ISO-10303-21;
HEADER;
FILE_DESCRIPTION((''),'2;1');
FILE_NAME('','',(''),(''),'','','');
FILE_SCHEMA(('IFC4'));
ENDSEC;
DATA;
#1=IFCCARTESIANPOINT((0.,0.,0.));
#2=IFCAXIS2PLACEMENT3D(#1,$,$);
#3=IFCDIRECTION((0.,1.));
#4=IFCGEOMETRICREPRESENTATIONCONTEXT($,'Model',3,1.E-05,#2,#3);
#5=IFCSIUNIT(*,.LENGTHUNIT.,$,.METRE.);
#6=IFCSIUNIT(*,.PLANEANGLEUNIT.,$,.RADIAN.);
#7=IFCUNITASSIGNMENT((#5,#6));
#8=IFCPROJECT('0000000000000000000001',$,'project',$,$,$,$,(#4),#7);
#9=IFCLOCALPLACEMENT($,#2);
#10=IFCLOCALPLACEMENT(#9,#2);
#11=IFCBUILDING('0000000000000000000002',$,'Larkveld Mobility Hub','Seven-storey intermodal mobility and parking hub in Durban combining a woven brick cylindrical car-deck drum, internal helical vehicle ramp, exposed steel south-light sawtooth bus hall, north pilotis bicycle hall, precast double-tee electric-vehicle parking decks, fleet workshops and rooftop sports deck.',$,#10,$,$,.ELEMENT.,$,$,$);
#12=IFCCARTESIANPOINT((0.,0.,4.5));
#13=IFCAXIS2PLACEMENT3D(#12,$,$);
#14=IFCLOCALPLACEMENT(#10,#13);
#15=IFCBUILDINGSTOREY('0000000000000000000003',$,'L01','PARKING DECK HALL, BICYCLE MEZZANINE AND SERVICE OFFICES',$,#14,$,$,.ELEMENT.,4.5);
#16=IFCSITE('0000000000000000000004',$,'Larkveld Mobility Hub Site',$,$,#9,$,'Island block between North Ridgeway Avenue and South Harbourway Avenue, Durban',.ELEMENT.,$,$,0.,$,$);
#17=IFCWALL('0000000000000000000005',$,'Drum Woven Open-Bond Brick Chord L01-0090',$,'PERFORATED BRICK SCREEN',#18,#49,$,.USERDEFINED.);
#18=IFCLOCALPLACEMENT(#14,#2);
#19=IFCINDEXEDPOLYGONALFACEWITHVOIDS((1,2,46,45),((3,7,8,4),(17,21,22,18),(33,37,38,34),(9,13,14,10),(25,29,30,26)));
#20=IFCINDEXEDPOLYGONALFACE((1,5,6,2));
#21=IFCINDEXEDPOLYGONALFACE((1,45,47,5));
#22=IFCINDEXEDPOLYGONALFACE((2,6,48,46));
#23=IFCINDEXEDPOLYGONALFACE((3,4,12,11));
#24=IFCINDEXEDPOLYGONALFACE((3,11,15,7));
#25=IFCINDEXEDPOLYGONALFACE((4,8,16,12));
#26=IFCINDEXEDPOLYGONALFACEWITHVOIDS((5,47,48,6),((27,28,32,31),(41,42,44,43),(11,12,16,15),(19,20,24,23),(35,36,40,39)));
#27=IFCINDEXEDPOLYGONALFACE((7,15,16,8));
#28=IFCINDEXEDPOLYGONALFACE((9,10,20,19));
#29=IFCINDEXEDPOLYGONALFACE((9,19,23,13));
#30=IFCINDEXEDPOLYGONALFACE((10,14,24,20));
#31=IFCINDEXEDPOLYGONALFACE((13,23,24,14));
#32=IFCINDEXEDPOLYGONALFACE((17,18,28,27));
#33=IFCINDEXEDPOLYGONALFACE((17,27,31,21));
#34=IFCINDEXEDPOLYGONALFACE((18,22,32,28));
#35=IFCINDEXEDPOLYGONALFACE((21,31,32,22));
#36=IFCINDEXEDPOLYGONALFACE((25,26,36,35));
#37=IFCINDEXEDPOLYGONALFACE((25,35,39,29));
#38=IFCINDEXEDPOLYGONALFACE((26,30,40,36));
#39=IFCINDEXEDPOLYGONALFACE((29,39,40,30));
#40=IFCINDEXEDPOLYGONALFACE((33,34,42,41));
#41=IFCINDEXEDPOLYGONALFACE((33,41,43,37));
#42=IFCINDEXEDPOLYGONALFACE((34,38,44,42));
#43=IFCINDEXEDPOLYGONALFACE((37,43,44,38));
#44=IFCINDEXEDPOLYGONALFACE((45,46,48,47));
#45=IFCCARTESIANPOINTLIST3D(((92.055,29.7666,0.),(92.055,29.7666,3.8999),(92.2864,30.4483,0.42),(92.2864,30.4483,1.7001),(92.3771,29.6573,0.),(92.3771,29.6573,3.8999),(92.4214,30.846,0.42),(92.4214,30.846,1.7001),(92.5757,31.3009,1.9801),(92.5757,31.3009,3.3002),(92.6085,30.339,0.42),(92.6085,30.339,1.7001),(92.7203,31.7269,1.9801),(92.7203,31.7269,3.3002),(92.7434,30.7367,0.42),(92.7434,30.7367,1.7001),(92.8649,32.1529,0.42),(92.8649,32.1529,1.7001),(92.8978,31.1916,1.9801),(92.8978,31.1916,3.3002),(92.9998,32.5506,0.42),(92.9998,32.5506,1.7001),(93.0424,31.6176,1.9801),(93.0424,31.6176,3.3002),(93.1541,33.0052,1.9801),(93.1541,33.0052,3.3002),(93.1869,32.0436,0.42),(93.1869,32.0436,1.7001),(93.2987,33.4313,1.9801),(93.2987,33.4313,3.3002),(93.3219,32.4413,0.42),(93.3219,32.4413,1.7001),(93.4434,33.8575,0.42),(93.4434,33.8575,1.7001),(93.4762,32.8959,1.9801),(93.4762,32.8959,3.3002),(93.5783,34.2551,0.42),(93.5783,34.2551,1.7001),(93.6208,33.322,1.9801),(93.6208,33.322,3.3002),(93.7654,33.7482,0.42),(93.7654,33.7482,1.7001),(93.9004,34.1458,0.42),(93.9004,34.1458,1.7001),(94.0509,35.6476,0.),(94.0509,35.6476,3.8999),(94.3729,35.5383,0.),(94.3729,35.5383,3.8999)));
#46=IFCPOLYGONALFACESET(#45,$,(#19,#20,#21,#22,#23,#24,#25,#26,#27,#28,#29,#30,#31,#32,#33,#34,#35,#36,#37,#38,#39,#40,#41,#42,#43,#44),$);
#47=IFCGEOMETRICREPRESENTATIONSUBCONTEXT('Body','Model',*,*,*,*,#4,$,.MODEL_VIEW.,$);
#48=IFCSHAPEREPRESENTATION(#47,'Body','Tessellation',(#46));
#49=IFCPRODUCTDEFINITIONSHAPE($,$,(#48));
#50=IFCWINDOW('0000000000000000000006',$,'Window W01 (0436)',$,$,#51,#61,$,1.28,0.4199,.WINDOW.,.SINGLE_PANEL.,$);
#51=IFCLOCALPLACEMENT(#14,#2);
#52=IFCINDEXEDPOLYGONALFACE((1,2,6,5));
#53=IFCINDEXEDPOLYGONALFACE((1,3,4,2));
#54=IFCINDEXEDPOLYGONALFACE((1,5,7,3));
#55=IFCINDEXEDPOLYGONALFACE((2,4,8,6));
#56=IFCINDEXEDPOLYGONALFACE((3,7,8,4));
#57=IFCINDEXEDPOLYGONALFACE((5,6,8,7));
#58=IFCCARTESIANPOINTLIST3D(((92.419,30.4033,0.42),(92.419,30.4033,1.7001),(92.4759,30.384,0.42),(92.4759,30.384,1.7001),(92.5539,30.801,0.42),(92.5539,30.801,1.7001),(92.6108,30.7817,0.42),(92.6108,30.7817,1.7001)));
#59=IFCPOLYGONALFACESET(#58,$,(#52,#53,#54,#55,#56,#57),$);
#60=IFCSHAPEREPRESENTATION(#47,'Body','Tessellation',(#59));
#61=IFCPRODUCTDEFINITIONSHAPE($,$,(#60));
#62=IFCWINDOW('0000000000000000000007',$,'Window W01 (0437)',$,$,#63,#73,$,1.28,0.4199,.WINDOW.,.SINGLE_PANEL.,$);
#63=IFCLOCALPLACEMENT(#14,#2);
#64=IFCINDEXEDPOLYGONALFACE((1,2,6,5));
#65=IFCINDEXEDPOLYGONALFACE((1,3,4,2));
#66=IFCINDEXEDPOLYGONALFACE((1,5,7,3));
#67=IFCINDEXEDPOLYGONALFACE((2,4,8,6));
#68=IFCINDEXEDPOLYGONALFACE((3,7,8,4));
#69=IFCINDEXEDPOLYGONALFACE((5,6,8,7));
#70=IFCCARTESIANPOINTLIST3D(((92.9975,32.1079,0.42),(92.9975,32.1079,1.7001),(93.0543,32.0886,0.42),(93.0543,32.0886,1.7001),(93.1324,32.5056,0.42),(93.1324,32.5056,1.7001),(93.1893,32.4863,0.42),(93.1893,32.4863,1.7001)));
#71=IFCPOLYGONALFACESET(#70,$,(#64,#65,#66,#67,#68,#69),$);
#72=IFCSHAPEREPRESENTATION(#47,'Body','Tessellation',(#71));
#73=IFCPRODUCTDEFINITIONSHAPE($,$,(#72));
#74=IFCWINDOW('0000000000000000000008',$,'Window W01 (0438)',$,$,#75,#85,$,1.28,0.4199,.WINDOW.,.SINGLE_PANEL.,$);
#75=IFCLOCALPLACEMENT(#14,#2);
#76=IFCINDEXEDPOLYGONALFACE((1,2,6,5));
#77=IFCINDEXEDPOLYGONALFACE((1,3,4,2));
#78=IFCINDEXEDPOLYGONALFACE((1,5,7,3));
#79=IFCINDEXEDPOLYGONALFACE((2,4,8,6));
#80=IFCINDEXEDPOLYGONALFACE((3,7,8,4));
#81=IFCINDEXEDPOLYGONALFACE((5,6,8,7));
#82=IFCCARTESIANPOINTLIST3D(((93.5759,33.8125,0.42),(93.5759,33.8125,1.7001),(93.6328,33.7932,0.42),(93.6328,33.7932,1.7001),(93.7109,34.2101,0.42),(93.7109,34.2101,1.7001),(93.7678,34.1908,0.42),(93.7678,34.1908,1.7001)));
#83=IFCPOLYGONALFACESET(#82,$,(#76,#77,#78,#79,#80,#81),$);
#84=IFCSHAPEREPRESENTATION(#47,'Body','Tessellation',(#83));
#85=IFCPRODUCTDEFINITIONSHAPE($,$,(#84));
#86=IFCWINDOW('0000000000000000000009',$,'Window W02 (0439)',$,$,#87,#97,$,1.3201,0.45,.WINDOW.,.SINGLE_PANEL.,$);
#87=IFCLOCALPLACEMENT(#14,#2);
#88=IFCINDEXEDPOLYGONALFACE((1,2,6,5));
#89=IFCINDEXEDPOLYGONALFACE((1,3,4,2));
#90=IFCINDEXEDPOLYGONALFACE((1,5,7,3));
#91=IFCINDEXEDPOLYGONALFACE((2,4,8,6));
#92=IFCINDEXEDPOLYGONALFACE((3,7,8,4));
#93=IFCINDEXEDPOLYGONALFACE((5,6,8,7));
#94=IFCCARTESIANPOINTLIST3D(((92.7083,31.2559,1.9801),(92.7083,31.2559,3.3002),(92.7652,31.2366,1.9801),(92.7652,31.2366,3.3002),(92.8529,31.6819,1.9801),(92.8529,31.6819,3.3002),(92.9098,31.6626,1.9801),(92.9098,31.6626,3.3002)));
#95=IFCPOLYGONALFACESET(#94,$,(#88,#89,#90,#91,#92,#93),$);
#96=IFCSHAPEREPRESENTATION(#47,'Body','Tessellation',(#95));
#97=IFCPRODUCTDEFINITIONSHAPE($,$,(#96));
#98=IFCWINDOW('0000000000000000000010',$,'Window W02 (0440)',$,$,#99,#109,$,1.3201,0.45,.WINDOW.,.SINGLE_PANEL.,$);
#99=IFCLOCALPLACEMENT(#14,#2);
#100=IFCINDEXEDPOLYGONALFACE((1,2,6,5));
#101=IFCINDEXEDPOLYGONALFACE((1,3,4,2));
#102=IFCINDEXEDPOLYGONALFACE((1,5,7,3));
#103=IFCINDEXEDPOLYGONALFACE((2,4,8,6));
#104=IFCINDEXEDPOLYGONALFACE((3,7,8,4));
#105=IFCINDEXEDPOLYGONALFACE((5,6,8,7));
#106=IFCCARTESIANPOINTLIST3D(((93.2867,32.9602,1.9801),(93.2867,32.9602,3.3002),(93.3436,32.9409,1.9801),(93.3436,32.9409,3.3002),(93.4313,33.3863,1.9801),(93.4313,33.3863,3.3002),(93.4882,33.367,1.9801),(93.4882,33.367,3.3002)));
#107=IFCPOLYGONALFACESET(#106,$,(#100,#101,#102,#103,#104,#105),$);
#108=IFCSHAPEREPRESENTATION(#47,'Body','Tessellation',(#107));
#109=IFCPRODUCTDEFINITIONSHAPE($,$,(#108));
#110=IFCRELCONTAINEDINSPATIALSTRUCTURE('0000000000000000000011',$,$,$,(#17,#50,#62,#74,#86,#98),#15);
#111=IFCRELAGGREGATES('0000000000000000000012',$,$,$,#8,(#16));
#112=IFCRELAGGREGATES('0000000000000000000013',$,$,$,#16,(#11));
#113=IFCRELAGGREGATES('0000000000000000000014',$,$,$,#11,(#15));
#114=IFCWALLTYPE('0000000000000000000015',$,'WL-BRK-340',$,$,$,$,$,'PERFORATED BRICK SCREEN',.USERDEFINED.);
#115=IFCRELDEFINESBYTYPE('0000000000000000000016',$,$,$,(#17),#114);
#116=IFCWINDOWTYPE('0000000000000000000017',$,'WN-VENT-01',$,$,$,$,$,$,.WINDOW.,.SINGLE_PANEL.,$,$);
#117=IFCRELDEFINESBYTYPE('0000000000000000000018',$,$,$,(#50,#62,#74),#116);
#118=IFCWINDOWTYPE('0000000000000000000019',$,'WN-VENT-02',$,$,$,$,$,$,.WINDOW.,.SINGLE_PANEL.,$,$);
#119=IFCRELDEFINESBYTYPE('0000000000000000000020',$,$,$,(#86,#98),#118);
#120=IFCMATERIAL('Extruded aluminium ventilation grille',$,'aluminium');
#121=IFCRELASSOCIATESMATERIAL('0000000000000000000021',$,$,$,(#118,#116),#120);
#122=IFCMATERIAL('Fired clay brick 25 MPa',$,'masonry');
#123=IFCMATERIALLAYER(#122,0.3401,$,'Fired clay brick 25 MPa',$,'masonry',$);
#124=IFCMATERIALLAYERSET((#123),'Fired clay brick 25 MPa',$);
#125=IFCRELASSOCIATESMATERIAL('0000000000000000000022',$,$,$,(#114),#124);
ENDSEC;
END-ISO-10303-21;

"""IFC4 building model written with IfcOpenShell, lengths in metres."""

from ifc_helpers import new_model, si_unit, direction, frame, frame_2d, origin, place, context, subcontext, project, spatial, rectangle, extrude, material, layer, layer_set, type_object, element, fill, save


model = new_model("IFC4")

# Units and contexts
model_context = context("Model", 3, precision=1e-05, world=origin(), true_north=direction((0.0, 1.0)))
body_context = subcontext(model_context, "Body", "Model", "MODEL_VIEW")
ifc_project = project(units=[si_unit("LENGTHUNIT", "METRE"), si_unit("PLANEANGLEUNIT", "RADIAN")], contexts=[model_context])

# Site, building, storey
site_placement = place(None, origin())
site = spatial("IfcSite", under=ifc_project, at=site_placement, Name="Larkveld Mobility Hub Site", LongName="Island block between North Ridgeway Avenue and South Harbourway Avenue, Durban", CompositionType="ELEMENT", RefElevation=0.0)
building_placement = place(site_placement, origin())
building = spatial("IfcBuilding", under=site, at=building_placement, Name="Larkveld Mobility Hub", Description="Seven-storey intermodal mobility and parking hub in Durban combining a woven brick cylindrical car-deck drum, internal helical vehicle ramp, exposed steel south-light sawtooth bus hall, north pilotis bicycle hall, precast double-tee electric-vehicle parking decks, fleet workshops and rooftop sports deck.", CompositionType="ELEMENT")
storey_placement = place(building_placement, frame((0.0, 0.0, 4.5)))
storey = spatial("IfcBuildingStorey", under=building, at=storey_placement, Name="L01", Description="PARKING DECK HALL, BICYCLE MEZZANINE AND SERVICE OFFICES", CompositionType="ELEMENT", Elevation=4.5)

# Wall, openings, windows
ifc_material_1 = material(Name="Fired clay brick 25 MPa", Category="masonry")
ifc_material_2 = material(Name="Extruded aluminium ventilation grille", Category="aluminium")
window_type_1 = type_object("IfcWindowType", Name="WN-VENT-02", PartitioningType="SINGLE_PANEL", PredefinedType="WINDOW", material=ifc_material_2)
ifc_layer_1 = layer(ifc_material_1, 0.3401, Name="Fired clay brick 25 MPa", Category="masonry")
ifc_layer_set_1 = layer_set([ifc_layer_1], Name="Fired clay brick 25 MPa")
wall_type_1 = type_object("IfcWallType", Name="WL-BRK-340", ElementType="PERFORATED BRICK SCREEN", PredefinedType="USERDEFINED", material=ifc_layer_set_1)
wall_1_placement = place(storey_placement, frame((92.2161, 29.7119, 0.0), z_axis=(0.0, 0.0, 1.0), x_axis=(0.321365, 0.946955, 0.0)))
wall_1 = element("IfcWall", 1, at=wall_1_placement, inside=storey, type_object=wall_type_1, Name="Drum Woven Open-Bond Brick Chord L01-0090", ObjectType="PERFORATED BRICK SCREEN", PredefinedType="USERDEFINED", context=body_context, shape_type="SweptSolid", body=[
    extrude(rectangle(XDim=6.2104, YDim=0.3401, at=frame_2d((3.1052, 0.0))), origin(), (0.0, 0.0, 1.0), 3.8999),
])
opening_1_placement = place(wall_1_placement, frame((0.72, 0.0, 0.4199)))
opening_1 = element("IfcOpeningElement", 2, at=opening_1_placement, cuts=wall_1, PredefinedType="OPENING", context=body_context, shape_type="SweptSolid", body=[
    extrude(rectangle(XDim=0.4199, YDim=1.28, at=frame_2d((0.21, 0.6401))), frame((0.0, 0.1802, 0.0), z_axis=(0.0, -1.0, 0.0), x_axis=(1.0, 0.0, 0.0)), (0.0, 0.0, 1.0), 0.3601),
])
opening_2_placement = place(wall_1_placement, frame((2.52, 0.0, 0.4199)))
opening_2 = element("IfcOpeningElement", 3, at=opening_2_placement, cuts=wall_1, PredefinedType="OPENING", context=body_context, shape_type="SweptSolid", body=[
    extrude(rectangle(XDim=0.4199, YDim=1.28, at=frame_2d((0.21, 0.6401))), frame((0.0, 0.1802, 0.0), z_axis=(0.0, -1.0, 0.0), x_axis=(1.0, 0.0, 0.0)), (0.0, 0.0, 1.0), 0.3601),
])
opening_3_placement = place(wall_1_placement, frame((4.3201, 0.0, 0.4199)))
opening_3 = element("IfcOpeningElement", 4, at=opening_3_placement, cuts=wall_1, PredefinedType="OPENING", context=body_context, shape_type="SweptSolid", body=[
    extrude(rectangle(XDim=0.4199, YDim=1.28, at=frame_2d((0.21, 0.6401))), frame((0.0, 0.1802, 0.0), z_axis=(0.0, -1.0, 0.0), x_axis=(1.0, 0.0, 0.0)), (0.0, 0.0, 1.0), 0.3601),
])
opening_4_placement = place(wall_1_placement, frame((1.6201, 0.0, 1.98)))
opening_4 = element("IfcOpeningElement", 5, at=opening_4_placement, cuts=wall_1, PredefinedType="OPENING", context=body_context, shape_type="SweptSolid", body=[
    extrude(rectangle(XDim=0.45, YDim=1.3201, at=frame_2d((0.2251, 0.6602))), frame((0.0, 0.1802, 0.0), z_axis=(0.0, -1.0, 0.0), x_axis=(1.0, 0.0, 0.0)), (0.0, 0.0, 1.0), 0.3601),
])
opening_5_placement = place(wall_1_placement, frame((3.4199, 0.0, 1.98)))
opening_5 = element("IfcOpeningElement", 6, at=opening_5_placement, cuts=wall_1, PredefinedType="OPENING", context=body_context, shape_type="SweptSolid", body=[
    extrude(rectangle(XDim=0.45, YDim=1.3201, at=frame_2d((0.2251, 0.6602))), frame((0.0, 0.1802, 0.0), z_axis=(0.0, -1.0, 0.0), x_axis=(1.0, 0.0, 0.0)), (0.0, 0.0, 1.0), 0.3601),
])
window_type_2 = type_object("IfcWindowType", Name="WN-VENT-01", PartitioningType="SINGLE_PANEL", PredefinedType="WINDOW", material=ifc_material_2)
window_1_placement = place(opening_1_placement, origin())
window_1 = element("IfcWindow", 7, at=window_1_placement, inside=storey, type_object=window_type_2, Name="Window W01 (0436)", OverallHeight=1.28, OverallWidth=0.4199, PartitioningType="SINGLE_PANEL", PredefinedType="WINDOW", context=body_context, shape_type="SweptSolid", body=[
    extrude(rectangle(XDim=0.4199, YDim=1.28, at=frame_2d((0.21, 0.6401))), frame((0.0, 0.03, 0.0), z_axis=(0.0, -1.0, 0.0), x_axis=(1.0, 0.0, 0.0)), (0.0, 0.0, 1.0), 0.0601),
])
fill(opening_1, window_1)
window_2_placement = place(opening_2_placement, origin())
window_2 = element("IfcWindow", 8, at=window_2_placement, inside=storey, type_object=window_type_2, Name="Window W01 (0437)", OverallHeight=1.28, OverallWidth=0.4199, PartitioningType="SINGLE_PANEL", PredefinedType="WINDOW", context=body_context, shape_type="SweptSolid", body=[
    extrude(rectangle(XDim=0.4199, YDim=1.28, at=frame_2d((0.21, 0.6401))), frame((0.0, 0.03, 0.0), z_axis=(0.0, -1.0, 0.0), x_axis=(1.0, 0.0, 0.0)), (0.0, 0.0, 1.0), 0.0601),
])
fill(opening_2, window_2)
window_3_placement = place(opening_3_placement, origin())
window_3 = element("IfcWindow", 9, at=window_3_placement, inside=storey, type_object=window_type_2, Name="Window W01 (0438)", OverallHeight=1.28, OverallWidth=0.4199, PartitioningType="SINGLE_PANEL", PredefinedType="WINDOW", context=body_context, shape_type="SweptSolid", body=[
    extrude(rectangle(XDim=0.4199, YDim=1.28, at=frame_2d((0.21, 0.6401))), frame((0.0, 0.03, 0.0), z_axis=(0.0, -1.0, 0.0), x_axis=(1.0, 0.0, 0.0)), (0.0, 0.0, 1.0), 0.0601),
])
fill(opening_3, window_3)
window_4_placement = place(opening_4_placement, origin())
window_4 = element("IfcWindow", 10, at=window_4_placement, inside=storey, type_object=window_type_1, Name="Window W02 (0439)", OverallHeight=1.3201, OverallWidth=0.45, PartitioningType="SINGLE_PANEL", PredefinedType="WINDOW", context=body_context, shape_type="SweptSolid", body=[
    extrude(rectangle(XDim=0.45, YDim=1.3201, at=frame_2d((0.2251, 0.6602))), frame((0.0, 0.03, 0.0), z_axis=(0.0, -1.0, 0.0), x_axis=(1.0, 0.0, 0.0)), (0.0, 0.0, 1.0), 0.0601),
])
fill(opening_4, window_4)
window_5_placement = place(opening_5_placement, origin())
window_5 = element("IfcWindow", 11, at=window_5_placement, inside=storey, type_object=window_type_1, Name="Window W02 (0440)", OverallHeight=1.3201, OverallWidth=0.45, PartitioningType="SINGLE_PANEL", PredefinedType="WINDOW", context=body_context, shape_type="SweptSolid", body=[
    extrude(rectangle(XDim=0.45, YDim=1.3201, at=frame_2d((0.2251, 0.6602))), frame((0.0, 0.03, 0.0), z_axis=(0.0, -1.0, 0.0), x_axis=(1.0, 0.0, 0.0)), (0.0, 0.0, 1.0), 0.0601),
])
fill(opening_5, window_5)

save(model, "model.ifc")
